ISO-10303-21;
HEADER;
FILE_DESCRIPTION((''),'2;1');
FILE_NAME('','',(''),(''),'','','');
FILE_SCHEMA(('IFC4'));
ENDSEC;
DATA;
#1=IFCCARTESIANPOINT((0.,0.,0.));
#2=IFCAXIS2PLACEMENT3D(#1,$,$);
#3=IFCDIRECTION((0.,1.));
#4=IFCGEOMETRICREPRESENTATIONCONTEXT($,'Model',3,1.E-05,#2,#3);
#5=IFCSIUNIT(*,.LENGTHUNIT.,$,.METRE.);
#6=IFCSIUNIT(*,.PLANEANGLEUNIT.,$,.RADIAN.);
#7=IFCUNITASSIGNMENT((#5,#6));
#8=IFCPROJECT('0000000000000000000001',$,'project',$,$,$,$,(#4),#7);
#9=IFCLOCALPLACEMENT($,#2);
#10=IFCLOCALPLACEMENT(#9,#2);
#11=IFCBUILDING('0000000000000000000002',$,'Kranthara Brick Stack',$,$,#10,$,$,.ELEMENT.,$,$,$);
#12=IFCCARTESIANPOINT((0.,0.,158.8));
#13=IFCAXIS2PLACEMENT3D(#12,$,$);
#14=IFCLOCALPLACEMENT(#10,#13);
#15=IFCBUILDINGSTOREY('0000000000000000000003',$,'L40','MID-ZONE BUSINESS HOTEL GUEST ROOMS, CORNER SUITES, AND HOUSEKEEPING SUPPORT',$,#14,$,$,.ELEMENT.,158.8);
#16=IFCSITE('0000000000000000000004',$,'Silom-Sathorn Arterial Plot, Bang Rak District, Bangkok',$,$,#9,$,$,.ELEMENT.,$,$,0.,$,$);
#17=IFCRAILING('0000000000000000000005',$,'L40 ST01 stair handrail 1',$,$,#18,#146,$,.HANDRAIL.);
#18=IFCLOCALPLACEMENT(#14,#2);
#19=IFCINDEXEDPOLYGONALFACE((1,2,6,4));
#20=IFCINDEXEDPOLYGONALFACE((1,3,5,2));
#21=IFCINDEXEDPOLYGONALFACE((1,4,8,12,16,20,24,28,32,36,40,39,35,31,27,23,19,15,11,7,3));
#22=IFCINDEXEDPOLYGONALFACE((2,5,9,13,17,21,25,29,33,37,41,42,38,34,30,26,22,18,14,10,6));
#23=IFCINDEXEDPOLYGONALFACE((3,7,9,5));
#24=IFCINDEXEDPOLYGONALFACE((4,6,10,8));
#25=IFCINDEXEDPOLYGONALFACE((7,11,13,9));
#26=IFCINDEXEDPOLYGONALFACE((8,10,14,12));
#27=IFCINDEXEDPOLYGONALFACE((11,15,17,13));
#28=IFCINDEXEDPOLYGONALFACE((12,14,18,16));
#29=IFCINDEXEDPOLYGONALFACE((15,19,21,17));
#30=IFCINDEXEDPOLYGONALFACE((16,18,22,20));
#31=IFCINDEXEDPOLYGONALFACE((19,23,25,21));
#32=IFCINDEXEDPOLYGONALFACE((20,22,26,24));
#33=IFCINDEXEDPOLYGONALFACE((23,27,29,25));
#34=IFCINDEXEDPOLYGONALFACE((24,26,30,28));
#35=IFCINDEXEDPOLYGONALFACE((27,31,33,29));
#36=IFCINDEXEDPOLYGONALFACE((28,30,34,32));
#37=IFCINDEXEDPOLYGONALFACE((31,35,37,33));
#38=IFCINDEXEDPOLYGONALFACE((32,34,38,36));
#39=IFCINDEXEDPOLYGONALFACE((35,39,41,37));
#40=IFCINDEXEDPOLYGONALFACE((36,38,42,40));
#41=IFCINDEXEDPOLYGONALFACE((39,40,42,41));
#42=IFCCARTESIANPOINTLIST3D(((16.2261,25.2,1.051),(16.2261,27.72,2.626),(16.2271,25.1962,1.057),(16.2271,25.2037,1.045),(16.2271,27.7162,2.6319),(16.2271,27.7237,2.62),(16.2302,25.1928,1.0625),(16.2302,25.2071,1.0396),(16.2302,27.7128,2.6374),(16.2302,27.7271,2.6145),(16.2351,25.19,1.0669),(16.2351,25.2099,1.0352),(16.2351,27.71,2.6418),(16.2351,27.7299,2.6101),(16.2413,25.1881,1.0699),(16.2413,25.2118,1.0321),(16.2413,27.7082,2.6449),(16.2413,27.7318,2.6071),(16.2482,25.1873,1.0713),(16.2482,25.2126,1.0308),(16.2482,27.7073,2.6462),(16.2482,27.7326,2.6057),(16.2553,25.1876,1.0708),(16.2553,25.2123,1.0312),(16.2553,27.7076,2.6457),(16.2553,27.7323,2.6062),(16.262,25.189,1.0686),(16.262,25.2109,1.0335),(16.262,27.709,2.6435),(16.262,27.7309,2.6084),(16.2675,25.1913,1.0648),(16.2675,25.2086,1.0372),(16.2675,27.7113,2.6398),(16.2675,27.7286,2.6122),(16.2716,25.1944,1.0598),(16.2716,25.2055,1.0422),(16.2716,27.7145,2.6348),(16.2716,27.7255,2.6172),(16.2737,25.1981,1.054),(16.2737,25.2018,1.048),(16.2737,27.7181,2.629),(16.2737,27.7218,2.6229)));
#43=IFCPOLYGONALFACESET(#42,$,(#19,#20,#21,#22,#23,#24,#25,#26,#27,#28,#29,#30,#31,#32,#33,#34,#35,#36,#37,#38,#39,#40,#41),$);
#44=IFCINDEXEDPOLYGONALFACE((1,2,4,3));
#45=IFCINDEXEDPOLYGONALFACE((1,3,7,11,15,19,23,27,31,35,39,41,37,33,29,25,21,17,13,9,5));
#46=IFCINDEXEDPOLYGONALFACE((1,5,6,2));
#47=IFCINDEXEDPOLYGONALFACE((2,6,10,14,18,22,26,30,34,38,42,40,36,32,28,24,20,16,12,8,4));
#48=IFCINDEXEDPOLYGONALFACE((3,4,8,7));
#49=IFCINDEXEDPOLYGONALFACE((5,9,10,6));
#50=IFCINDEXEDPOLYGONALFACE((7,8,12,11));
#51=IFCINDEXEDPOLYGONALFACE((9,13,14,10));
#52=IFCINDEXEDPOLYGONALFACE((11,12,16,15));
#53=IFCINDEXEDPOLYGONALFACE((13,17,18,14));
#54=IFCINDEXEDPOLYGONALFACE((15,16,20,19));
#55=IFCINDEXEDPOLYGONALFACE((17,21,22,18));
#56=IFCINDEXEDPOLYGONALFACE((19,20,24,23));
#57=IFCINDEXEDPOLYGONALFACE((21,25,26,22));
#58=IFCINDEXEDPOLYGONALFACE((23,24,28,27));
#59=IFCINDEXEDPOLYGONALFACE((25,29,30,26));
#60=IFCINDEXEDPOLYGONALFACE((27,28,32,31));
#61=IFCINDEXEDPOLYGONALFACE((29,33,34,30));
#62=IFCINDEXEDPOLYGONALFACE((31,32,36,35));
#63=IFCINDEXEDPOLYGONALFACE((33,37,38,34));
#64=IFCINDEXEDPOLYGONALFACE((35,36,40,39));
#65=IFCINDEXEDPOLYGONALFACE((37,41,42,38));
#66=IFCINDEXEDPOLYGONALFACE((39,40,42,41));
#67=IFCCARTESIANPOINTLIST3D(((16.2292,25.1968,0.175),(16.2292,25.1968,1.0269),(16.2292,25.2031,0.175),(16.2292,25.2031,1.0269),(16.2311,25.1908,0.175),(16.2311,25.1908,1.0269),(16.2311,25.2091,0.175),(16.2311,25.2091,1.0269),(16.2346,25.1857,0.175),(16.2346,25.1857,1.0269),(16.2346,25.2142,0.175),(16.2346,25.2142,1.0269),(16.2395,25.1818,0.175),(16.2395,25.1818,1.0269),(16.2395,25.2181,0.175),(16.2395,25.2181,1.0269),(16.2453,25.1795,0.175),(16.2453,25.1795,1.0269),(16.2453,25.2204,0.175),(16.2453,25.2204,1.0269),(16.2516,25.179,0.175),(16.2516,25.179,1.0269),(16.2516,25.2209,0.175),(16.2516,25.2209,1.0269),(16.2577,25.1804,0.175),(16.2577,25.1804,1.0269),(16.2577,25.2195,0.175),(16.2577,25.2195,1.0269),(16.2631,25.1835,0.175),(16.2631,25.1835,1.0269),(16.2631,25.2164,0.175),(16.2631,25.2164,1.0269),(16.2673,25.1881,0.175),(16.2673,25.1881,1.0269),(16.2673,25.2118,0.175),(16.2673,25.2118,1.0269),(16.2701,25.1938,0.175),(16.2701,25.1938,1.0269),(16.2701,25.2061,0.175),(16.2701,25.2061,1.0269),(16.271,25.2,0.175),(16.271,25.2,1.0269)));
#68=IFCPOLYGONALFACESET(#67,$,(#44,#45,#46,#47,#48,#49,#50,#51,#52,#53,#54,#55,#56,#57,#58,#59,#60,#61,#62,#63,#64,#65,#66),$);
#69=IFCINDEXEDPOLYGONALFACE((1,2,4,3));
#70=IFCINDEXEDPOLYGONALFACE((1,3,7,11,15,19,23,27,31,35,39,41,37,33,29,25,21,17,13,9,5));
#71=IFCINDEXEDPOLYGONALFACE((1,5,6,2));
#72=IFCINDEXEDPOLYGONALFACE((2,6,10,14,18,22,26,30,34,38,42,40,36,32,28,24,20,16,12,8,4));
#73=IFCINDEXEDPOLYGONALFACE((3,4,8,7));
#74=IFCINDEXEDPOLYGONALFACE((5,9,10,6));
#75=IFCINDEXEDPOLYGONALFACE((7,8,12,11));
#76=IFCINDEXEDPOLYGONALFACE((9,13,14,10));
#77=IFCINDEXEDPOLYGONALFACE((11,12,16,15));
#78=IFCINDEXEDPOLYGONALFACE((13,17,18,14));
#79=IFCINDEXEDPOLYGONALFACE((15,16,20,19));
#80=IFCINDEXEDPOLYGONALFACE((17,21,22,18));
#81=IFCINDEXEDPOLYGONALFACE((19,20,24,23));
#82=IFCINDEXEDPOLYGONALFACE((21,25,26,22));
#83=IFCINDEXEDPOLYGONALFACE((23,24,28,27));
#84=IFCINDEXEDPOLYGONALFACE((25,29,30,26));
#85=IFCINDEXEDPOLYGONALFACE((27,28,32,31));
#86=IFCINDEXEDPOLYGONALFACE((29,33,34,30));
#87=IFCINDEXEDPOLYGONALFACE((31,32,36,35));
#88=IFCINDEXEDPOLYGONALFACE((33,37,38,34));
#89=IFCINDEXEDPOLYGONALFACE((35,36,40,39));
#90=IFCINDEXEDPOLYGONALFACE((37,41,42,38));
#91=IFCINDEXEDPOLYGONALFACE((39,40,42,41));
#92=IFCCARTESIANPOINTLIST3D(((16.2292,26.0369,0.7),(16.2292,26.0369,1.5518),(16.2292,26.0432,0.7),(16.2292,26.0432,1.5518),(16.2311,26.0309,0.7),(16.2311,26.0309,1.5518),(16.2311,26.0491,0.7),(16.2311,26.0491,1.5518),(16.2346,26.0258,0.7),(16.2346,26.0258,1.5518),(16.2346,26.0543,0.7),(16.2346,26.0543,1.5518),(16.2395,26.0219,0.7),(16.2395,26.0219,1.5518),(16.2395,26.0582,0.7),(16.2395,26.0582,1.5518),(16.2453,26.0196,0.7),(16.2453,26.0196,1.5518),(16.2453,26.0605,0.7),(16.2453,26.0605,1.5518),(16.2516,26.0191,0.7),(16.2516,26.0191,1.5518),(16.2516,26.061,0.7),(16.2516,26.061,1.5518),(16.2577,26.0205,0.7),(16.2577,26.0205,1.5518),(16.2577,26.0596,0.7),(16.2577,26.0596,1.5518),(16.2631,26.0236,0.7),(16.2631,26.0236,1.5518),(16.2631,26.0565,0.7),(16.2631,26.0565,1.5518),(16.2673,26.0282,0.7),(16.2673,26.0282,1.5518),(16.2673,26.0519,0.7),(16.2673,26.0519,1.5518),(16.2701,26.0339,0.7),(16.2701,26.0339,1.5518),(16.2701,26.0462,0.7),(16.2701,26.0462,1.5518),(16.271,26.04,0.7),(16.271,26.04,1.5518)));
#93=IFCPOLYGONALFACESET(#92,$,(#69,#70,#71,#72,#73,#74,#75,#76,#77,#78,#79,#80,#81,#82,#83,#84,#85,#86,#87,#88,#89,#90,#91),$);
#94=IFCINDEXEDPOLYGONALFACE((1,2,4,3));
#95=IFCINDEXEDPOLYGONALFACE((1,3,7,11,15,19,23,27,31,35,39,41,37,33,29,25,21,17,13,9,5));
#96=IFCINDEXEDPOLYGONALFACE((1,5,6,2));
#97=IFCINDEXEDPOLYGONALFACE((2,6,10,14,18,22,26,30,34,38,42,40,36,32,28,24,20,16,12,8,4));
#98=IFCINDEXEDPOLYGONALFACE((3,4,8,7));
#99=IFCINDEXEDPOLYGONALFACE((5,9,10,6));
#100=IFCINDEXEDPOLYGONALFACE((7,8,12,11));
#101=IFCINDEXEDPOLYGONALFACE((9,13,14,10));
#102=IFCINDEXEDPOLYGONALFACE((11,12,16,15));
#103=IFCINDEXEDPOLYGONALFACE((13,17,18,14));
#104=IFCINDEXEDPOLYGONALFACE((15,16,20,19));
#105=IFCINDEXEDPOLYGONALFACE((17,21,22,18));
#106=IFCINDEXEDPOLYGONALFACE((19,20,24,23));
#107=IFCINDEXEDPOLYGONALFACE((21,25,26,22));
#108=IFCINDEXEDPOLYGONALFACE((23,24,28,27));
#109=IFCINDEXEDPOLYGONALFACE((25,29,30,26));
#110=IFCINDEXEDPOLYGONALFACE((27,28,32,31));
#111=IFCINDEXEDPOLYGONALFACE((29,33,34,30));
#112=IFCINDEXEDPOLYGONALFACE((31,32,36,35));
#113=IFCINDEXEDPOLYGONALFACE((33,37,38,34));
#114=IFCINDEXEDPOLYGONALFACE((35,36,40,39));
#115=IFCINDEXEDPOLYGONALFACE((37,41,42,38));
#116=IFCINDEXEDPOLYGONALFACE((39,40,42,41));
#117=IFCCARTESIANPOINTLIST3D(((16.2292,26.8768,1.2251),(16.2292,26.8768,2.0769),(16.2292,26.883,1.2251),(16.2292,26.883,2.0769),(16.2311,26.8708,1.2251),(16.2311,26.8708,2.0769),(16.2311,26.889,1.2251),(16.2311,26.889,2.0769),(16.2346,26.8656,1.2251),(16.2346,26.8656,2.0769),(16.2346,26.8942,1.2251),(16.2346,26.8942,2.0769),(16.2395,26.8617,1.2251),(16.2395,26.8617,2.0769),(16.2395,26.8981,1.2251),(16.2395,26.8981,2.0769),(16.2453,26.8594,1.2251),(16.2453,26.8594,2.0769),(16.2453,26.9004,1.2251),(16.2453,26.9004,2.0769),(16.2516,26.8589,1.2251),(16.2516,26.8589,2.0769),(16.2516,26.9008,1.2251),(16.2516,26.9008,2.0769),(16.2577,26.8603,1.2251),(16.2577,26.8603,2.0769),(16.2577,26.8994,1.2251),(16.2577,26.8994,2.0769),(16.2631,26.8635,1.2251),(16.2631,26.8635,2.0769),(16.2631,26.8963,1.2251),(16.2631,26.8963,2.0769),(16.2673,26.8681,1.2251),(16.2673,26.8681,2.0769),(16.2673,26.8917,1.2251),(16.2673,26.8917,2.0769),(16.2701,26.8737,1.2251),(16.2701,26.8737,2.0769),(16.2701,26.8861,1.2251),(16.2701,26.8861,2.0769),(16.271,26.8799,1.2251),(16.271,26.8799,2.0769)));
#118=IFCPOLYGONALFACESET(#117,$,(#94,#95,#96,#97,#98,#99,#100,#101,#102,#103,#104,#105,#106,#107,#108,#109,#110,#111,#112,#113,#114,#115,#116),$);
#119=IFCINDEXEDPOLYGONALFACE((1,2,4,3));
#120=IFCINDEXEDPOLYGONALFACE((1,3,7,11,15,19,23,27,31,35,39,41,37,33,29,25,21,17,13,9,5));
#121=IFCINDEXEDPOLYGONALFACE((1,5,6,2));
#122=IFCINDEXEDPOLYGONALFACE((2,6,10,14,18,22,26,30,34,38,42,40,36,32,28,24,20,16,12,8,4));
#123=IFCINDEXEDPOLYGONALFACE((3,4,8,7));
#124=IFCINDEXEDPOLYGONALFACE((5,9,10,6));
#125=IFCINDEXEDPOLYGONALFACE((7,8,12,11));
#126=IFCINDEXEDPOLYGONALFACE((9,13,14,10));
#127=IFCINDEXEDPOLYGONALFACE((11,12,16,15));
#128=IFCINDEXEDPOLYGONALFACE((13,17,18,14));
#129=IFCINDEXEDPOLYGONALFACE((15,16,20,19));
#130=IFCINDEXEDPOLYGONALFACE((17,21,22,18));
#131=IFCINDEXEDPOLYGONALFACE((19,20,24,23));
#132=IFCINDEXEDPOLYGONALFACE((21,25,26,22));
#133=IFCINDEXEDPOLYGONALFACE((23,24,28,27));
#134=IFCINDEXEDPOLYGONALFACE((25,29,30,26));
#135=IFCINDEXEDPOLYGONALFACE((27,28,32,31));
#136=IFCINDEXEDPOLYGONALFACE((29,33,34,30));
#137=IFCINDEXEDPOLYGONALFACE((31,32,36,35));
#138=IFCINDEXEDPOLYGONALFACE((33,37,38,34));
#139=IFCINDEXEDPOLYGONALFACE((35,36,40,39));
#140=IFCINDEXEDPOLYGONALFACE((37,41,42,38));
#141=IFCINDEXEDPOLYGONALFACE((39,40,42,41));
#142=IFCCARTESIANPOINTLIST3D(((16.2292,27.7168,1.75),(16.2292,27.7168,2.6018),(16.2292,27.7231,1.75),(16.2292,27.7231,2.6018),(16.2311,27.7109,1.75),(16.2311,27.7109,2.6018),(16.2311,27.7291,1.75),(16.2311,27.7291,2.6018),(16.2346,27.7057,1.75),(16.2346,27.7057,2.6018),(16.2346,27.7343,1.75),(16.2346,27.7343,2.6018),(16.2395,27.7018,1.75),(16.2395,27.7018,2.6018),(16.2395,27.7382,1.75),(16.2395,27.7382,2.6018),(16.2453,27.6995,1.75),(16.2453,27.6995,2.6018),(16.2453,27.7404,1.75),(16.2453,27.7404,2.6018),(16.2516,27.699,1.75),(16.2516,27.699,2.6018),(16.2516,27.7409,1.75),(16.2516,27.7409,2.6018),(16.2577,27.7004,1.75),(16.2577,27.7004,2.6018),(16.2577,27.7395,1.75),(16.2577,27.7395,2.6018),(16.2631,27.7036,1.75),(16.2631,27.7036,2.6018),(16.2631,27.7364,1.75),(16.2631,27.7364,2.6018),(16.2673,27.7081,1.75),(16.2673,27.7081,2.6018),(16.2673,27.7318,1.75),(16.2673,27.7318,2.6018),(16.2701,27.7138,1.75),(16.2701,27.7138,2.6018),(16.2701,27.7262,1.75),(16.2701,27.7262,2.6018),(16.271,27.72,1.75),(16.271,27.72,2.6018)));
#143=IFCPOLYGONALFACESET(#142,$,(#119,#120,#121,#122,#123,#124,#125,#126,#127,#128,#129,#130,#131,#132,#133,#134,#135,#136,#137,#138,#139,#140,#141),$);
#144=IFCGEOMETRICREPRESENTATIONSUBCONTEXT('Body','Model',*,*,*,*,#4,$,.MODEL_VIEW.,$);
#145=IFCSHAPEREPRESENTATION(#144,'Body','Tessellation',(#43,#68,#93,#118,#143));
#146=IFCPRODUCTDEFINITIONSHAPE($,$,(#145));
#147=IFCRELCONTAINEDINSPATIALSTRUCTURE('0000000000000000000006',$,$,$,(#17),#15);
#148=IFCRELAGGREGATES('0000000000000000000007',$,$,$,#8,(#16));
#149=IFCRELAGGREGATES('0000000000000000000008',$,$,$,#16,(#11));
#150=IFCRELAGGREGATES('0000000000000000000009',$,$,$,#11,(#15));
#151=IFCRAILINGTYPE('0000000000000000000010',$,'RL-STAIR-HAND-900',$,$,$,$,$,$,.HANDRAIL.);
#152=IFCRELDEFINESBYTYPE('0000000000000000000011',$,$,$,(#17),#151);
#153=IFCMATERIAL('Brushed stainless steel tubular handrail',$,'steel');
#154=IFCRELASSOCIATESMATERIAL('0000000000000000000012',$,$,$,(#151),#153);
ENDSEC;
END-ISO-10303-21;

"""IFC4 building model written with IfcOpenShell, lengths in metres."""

from ifc_helpers import new_model, si_unit, direction, frame, origin, origin_2d, place, context, subcontext, project, spatial, circle, extrude, material, type_object, element, save


model = new_model("IFC4")

# Units and contexts
model_context = context("Model", 3, precision=1e-05, world=origin(), true_north=direction((0.0, 1.0)))
body_context = subcontext(model_context, "Body", "Model", "MODEL_VIEW")
ifc_project = project(units=[si_unit("LENGTHUNIT", "METRE"), si_unit("PLANEANGLEUNIT", "RADIAN")], contexts=[model_context])

# Site, building, storey
site_placement = place(None, origin())
site = spatial("IfcSite", under=ifc_project, at=site_placement, Name="Silom-Sathorn Arterial Plot, Bang Rak District, Bangkok", CompositionType="ELEMENT", RefElevation=0.0)
building_placement = place(site_placement, origin())
building = spatial("IfcBuilding", under=site, at=building_placement, Name="Kranthara Brick Stack", CompositionType="ELEMENT")
storey_placement = place(building_placement, frame((0.0, 0.0, 158.8)))
storey = spatial("IfcBuildingStorey", under=building, at=storey_placement, Name="L40", Description="MID-ZONE BUSINESS HOTEL GUEST ROOMS, CORNER SUITES, AND HOUSEKEEPING SUPPORT", CompositionType="ELEMENT", Elevation=158.8)

# Railing
ifc_material_1 = material(Name="Brushed stainless steel tubular handrail", Category="steel")
railing_type_1 = type_object("IfcRailingType", Name="RL-STAIR-HAND-900", PredefinedType="HANDRAIL", material=ifc_material_1)
railing_1_placement = place(storey_placement, frame((16.25, 25.2, 0.175)))
element("IfcRailing", 1, at=railing_1_placement, inside=storey, type_object=railing_type_1, Name="L40 ST01 stair handrail 1", PredefinedType="HANDRAIL", context=body_context, shape_type="SweptSolid", body=[
    extrude(circle(Radius=0.0239, at=origin_2d()), frame((0.0, 0.0, 0.876), z_axis=(0.0, 0.848008, 0.529984), x_axis=(-1.0, 0.0, 0.0)), (0.0, 0.0, 1.0), 2.9717),
    extrude(circle(Radius=0.021, at=origin_2d()), origin(), (0.0, 0.0, 1.0), 0.8518),
    extrude(circle(Radius=0.021, at=origin_2d()), frame((0.0, 0.8401, 0.5249)), (0.0, 0.0, 1.0), 0.8518),
    extrude(circle(Radius=0.021, at=origin_2d()), frame((0.0, 1.6799, 1.05)), (0.0, 0.0, 1.0), 0.8518),
    extrude(circle(Radius=0.021, at=origin_2d()), frame((0.0, 2.52, 1.575)), (0.0, 0.0, 1.0), 0.8518),
])

save(model, "model.ifc")
